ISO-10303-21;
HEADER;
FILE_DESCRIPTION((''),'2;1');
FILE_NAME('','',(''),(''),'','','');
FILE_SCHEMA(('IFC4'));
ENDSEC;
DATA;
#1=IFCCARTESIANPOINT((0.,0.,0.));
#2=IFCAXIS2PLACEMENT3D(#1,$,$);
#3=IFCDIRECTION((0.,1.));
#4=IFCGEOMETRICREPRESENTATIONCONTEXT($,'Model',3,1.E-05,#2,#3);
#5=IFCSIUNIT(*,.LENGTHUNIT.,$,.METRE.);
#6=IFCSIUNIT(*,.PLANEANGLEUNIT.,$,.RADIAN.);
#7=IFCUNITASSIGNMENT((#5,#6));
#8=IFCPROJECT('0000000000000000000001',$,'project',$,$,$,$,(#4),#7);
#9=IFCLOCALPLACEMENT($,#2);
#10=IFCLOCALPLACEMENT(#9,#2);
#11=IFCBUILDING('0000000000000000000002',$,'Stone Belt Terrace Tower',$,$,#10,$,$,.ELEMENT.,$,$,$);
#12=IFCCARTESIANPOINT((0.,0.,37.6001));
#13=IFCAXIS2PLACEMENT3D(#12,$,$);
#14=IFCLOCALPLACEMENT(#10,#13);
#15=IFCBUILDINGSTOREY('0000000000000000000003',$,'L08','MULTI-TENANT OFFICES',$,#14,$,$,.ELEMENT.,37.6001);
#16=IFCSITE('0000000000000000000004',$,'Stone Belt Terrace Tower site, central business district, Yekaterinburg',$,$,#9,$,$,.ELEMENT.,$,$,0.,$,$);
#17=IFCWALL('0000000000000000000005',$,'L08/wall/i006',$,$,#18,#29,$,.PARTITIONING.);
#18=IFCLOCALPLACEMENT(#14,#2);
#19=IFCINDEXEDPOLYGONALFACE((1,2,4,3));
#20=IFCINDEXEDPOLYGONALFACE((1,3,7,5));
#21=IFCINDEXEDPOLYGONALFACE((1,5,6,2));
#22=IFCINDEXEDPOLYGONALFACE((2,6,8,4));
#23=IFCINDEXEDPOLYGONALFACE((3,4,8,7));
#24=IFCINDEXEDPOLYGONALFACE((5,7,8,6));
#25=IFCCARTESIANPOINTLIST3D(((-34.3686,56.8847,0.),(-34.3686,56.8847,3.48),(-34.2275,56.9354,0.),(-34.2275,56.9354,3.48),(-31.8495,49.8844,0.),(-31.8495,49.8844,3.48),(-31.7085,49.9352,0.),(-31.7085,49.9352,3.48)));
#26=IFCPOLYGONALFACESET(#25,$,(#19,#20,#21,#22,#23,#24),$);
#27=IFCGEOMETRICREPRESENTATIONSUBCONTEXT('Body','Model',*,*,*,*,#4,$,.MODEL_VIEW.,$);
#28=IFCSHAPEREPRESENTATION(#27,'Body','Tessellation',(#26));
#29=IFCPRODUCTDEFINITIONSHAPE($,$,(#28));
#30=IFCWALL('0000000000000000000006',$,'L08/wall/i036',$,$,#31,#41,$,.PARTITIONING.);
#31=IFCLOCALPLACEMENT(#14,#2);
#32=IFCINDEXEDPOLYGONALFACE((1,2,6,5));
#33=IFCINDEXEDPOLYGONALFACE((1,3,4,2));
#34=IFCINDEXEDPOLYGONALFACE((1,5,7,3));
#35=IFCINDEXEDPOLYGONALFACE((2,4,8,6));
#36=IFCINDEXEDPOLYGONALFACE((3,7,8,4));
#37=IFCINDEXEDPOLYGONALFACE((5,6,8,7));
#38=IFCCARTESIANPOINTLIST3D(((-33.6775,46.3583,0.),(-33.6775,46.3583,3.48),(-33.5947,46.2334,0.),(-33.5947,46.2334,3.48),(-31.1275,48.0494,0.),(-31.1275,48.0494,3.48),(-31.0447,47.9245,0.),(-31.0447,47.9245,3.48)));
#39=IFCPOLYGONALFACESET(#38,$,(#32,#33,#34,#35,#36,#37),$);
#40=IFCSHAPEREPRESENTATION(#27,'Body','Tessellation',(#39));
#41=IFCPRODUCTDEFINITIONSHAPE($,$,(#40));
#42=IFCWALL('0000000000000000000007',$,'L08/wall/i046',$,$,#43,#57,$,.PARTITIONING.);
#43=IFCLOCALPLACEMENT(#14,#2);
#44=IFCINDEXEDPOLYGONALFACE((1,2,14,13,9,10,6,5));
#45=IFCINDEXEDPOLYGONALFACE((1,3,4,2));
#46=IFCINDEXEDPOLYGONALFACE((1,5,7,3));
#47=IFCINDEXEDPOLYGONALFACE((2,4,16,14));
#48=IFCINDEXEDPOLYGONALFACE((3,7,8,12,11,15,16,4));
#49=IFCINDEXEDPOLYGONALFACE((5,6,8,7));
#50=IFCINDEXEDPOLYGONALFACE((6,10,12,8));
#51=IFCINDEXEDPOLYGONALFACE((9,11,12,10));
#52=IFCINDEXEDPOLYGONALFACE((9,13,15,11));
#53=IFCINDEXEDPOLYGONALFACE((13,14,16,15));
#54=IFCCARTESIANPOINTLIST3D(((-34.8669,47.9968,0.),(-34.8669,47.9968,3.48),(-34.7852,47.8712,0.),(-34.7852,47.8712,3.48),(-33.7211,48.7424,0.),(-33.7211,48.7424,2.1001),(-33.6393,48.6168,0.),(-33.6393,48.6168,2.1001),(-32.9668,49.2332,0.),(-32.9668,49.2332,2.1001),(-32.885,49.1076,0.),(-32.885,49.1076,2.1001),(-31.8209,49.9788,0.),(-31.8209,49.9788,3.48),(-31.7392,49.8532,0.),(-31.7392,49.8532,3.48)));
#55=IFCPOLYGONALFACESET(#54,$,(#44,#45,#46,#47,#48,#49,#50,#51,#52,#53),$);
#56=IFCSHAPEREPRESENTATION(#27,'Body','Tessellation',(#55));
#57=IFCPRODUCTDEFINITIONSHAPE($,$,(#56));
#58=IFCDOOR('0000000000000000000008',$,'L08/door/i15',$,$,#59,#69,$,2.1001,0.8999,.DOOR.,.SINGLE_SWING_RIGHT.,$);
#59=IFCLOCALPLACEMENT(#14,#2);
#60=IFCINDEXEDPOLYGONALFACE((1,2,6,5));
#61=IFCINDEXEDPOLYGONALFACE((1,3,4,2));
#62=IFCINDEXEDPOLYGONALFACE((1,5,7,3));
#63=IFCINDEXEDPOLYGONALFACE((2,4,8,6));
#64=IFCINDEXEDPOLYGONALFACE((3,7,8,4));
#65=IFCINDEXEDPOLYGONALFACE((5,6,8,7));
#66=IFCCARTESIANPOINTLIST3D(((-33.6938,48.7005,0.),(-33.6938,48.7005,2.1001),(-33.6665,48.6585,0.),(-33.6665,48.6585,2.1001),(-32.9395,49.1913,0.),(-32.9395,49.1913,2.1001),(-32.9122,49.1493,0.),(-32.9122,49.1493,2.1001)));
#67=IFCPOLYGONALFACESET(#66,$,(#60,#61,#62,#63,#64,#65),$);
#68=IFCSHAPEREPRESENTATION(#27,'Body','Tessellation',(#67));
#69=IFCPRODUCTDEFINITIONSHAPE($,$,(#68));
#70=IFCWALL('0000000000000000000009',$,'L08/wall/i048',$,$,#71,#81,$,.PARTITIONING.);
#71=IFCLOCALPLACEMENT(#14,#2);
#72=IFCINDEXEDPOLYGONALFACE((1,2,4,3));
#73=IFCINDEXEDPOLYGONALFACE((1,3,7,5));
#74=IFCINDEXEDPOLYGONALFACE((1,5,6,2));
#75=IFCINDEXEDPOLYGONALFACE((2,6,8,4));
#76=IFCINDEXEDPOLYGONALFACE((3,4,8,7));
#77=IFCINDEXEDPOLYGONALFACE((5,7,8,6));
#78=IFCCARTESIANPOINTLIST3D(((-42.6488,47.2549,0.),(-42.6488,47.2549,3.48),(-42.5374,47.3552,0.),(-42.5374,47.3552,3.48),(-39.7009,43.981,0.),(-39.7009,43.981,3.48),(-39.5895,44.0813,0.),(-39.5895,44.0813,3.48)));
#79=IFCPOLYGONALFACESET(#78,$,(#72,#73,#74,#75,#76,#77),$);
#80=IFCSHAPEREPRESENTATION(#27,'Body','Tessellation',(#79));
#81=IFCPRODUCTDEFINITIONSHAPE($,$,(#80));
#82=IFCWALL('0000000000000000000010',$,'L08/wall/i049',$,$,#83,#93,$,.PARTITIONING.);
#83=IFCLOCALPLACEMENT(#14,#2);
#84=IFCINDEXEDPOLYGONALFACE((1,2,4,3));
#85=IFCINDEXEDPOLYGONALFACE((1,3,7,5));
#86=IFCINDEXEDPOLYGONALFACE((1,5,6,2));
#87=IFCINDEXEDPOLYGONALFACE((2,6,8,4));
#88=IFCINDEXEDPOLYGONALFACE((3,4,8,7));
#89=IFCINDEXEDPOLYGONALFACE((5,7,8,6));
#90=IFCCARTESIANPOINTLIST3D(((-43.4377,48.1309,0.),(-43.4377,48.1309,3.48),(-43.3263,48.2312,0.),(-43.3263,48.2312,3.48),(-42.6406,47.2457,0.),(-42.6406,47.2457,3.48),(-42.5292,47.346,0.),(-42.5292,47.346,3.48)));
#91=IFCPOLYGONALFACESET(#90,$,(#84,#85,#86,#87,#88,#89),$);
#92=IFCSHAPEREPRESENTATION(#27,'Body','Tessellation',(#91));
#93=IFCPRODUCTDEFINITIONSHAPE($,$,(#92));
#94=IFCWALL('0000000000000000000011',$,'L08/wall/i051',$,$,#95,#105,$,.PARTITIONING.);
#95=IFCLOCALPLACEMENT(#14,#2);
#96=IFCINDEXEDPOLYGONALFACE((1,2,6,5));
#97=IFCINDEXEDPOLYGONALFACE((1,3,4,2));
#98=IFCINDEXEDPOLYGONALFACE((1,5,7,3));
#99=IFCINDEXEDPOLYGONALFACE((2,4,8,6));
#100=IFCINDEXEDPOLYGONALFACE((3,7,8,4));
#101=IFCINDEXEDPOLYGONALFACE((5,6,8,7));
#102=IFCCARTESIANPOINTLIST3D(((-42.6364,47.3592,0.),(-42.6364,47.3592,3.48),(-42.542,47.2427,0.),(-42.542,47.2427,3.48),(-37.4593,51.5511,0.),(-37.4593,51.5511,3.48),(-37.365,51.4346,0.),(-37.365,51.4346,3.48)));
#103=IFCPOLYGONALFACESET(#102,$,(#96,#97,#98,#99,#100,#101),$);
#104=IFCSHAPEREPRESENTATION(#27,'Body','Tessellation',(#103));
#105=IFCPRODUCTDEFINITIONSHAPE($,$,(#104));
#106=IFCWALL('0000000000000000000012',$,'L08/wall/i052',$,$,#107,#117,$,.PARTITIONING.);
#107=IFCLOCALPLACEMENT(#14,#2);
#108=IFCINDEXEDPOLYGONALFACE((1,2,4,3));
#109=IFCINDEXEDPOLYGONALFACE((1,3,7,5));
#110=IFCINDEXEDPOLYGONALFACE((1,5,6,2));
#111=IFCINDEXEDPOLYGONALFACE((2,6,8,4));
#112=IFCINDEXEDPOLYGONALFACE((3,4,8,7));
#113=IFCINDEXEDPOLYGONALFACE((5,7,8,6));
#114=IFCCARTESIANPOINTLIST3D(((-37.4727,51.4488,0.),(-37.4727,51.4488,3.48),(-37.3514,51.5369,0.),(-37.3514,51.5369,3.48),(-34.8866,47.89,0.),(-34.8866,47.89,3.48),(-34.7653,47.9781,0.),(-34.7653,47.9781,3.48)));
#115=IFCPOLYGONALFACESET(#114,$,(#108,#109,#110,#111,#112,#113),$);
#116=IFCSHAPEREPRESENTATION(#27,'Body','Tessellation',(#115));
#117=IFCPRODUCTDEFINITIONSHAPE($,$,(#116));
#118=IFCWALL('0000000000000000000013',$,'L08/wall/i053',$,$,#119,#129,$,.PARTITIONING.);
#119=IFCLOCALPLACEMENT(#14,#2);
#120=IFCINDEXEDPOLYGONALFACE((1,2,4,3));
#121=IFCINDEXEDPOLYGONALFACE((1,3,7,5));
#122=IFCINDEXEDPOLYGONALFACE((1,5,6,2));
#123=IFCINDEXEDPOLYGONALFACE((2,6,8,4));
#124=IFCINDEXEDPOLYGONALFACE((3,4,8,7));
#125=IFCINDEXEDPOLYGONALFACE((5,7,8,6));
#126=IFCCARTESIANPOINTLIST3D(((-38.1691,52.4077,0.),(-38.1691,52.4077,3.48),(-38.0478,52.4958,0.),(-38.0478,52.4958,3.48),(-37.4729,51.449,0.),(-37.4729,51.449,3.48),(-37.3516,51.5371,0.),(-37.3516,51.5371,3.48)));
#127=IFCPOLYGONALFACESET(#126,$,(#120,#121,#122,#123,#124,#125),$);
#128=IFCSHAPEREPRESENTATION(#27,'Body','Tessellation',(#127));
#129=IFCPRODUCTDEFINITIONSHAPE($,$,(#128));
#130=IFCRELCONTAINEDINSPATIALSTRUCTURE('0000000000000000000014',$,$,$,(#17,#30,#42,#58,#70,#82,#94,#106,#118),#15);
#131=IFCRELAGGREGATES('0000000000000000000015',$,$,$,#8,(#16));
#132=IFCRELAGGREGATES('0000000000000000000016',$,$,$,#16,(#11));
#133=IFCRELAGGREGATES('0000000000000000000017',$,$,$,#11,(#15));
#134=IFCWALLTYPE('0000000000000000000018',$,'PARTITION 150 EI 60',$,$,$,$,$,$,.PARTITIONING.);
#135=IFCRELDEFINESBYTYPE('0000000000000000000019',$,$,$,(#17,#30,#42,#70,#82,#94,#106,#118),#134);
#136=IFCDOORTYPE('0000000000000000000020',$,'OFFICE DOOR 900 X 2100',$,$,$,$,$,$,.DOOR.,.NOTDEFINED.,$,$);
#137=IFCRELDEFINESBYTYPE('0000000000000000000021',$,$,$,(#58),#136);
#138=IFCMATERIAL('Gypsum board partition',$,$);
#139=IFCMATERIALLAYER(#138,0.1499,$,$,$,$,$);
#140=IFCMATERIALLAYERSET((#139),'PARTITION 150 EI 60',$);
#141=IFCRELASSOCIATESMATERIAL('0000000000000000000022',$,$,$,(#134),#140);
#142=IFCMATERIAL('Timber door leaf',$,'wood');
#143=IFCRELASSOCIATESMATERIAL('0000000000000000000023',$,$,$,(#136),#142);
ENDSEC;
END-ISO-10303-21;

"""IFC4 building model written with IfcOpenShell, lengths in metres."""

from ifc_helpers import new_model, si_unit, direction, frame, frame_2d, origin, place, context, subcontext, project, spatial, rectangle, extrude, material, layer, layer_set, type_object, element, fill, save


model = new_model("IFC4")

# Units and contexts
model_context = context("Model", 3, precision=1e-05, world=origin(), true_north=direction((0.0, 1.0)))
body_context = subcontext(model_context, "Body", "Model", "MODEL_VIEW")
ifc_project = project(units=[si_unit("LENGTHUNIT", "METRE"), si_unit("PLANEANGLEUNIT", "RADIAN")], contexts=[model_context])

# Site, building, storey
site_placement = place(None, origin())
site = spatial("IfcSite", under=ifc_project, at=site_placement, Name="Stone Belt Terrace Tower site, central business district, Yekaterinburg", CompositionType="ELEMENT", RefElevation=0.0)
building_placement = place(site_placement, origin())
building = spatial("IfcBuilding", under=site, at=building_placement, Name="Stone Belt Terrace Tower", CompositionType="ELEMENT")
storey_placement = place(building_placement, frame((0.0, 0.0, 37.6001)))
storey = spatial("IfcBuildingStorey", under=building, at=storey_placement, Name="L08", Description="MULTI-TENANT OFFICES", CompositionType="ELEMENT", Elevation=37.6001)

# Shared definitions
ifc_material_1 = material(Name="Gypsum board partition")
ifc_layer_1 = layer(ifc_material_1, 0.1499)
ifc_layer_set_1 = layer_set([ifc_layer_1], Name="PARTITION 150 EI 60")
wall_type_1 = type_object("IfcWallType", Name="PARTITION 150 EI 60", PredefinedType="PARTITIONING", material=ifc_layer_set_1)

# Shared definitions
ifc_material_2 = material(Name="Timber door leaf", Category="wood")
door_type = type_object("IfcDoorType", Name="OFFICE DOOR 900 X 2100", OperationType="NOTDEFINED", PredefinedType="DOOR", material=ifc_material_2)

# Walls
wall_1_placement = place(storey_placement, frame((-31.7791, 49.9099, 0.0), z_axis=(0.0, 0.0, 1.0), x_axis=(-0.338595, 0.940932, 0.0)))
element("IfcWall", 1, at=wall_1_placement, inside=storey, type_object=wall_type_1, Name="L08/wall/i006", PredefinedType="PARTITIONING", context=body_context, shape_type="SweptSolid", body=[
    extrude(rectangle(XDim=7.4397, YDim=0.1499, at=frame_2d((3.7197, 0.0))), origin(), (0.0, 0.0, 1.0), 3.48),
])
wall_2_placement = place(storey_placement, frame((-33.636, 46.2959, 0.0), z_axis=(0.0, 0.0, 1.0), x_axis=(0.833386, 0.552692, 0.0)))
element("IfcWall", 2, at=wall_2_placement, inside=storey, type_object=wall_type_1, Name="L08/wall/i036", PredefinedType="PARTITIONING", context=body_context, shape_type="SweptSolid", body=[
    extrude(rectangle(XDim=3.0598, YDim=0.1499, at=frame_2d((1.5298, 0.0))), origin(), (0.0, 0.0, 1.0), 3.48),
])

# Wall, opening, door
wall_3_placement = place(storey_placement, frame((-34.8259, 47.9341, 0.0), z_axis=(0.0, 0.0, 1.0), x_axis=(0.83818, 0.545394, 0.0)))
wall_3 = element("IfcWall", 3, at=wall_3_placement, inside=storey, type_object=wall_type_1, Name="L08/wall/i046", PredefinedType="PARTITIONING", context=body_context, shape_type="SweptSolid", body=[
    extrude(rectangle(XDim=3.634, YDim=0.1499, at=frame_2d((1.8169, 0.0))), origin(), (0.0, 0.0, 1.0), 3.48),
])
opening_1_placement = place(wall_3_placement, frame((1.3669, 0.0, 0.0)))
opening_1 = element("IfcOpeningElement", 4, at=opening_1_placement, cuts=wall_3, PredefinedType="OPENING", context=body_context, shape_type="SweptSolid", body=[
    extrude(rectangle(XDim=0.8999, YDim=2.1001, at=frame_2d((0.45, 1.05))), frame((0.0, 0.085, 0.0), z_axis=(0.0, -1.0, 0.0), x_axis=(1.0, 0.0, 0.0)), (0.0, 0.0, 1.0), 0.1699),
])
door_1_placement = place(opening_1_placement, origin())
door_1 = element("IfcDoor", 5, at=door_1_placement, inside=storey, type_object=door_type, Name="L08/door/i15", OperationType="SINGLE_SWING_RIGHT", OverallHeight=2.1001, OverallWidth=0.8999, PredefinedType="DOOR", context=body_context, shape_type="SweptSolid", body=[
    extrude(rectangle(XDim=0.8999, YDim=2.1001, at=frame_2d((0.45, 1.05))), frame((0.0, 0.0249, 0.0), z_axis=(0.0, -1.0, 0.0), x_axis=(1.0, 0.0, 0.0)), (0.0, 0.0, 1.0), 0.05),
])
fill(opening_1, door_1)

# Walls
wall_4_placement = place(storey_placement, frame((-42.593, 47.3049, 0.0), z_axis=(0.0, 0.0, 1.0), x_axis=(0.669148, -0.743129, 0.0)))
element("IfcWall", 6, at=wall_4_placement, inside=storey, type_object=wall_type_1, Name="L08/wall/i048", PredefinedType="PARTITIONING", context=body_context, shape_type="SweptSolid", body=[
    extrude(rectangle(XDim=4.4055, YDim=0.1499, at=frame_2d((2.2026, 0.0))), origin(), (0.0, 0.0, 1.0), 3.48),
])
wall_5_placement = place(storey_placement, frame((-43.3821, 48.1812, 0.0), z_axis=(0.0, 0.0, 1.0), x_axis=(0.669146, -0.743131, 0.0)))
element("IfcWall", 7, at=wall_5_placement, inside=storey, type_object=wall_type_1, Name="L08/wall/i049", PredefinedType="PARTITIONING", context=body_context, shape_type="SweptSolid", body=[
    extrude(rectangle(XDim=1.1912, YDim=0.1499, at=frame_2d((0.5957, 0.0))), origin(), (0.0, 0.0, 1.0), 3.48),
])
wall_6_placement = place(storey_placement, frame((-42.5891, 47.301, 0.0), z_axis=(0.0, 0.0, 1.0), x_axis=(0.777172, 0.629288, 0.0)))
element("IfcWall", 8, at=wall_6_placement, inside=storey, type_object=wall_type_1, Name="L08/wall/i051", PredefinedType="PARTITIONING", context=body_context, shape_type="SweptSolid", body=[
    extrude(rectangle(XDim=6.6614, YDim=0.1499, at=frame_2d((3.3306, 0.0))), origin(), (0.0, 0.0, 1.0), 3.48),
])
wall_7_placement = place(storey_placement, frame((-37.4121, 51.4929, 0.0), z_axis=(0.0, 0.0, 1.0), x_axis=(0.587865, -0.808959, 0.0)))
element("IfcWall", 9, at=wall_7_placement, inside=storey, type_object=wall_type_1, Name="L08/wall/i052", PredefinedType="PARTITIONING", context=body_context, shape_type="SweptSolid", body=[
    extrude(rectangle(XDim=4.3992, YDim=0.1499, at=frame_2d((2.1997, 0.0))), origin(), (0.0, 0.0, 1.0), 3.48),
])
wall_8_placement = place(storey_placement, frame((-38.1084, 52.4517, 0.0), z_axis=(0.0, 0.0, 1.0), x_axis=(0.587633, -0.809128, 0.0)))
element("IfcWall", 10, at=wall_8_placement, inside=storey, type_object=wall_type_1, Name="L08/wall/i053", PredefinedType="PARTITIONING", context=body_context, shape_type="SweptSolid", body=[
    extrude(rectangle(XDim=1.1848, YDim=0.1499, at=frame_2d((0.5923, 0.0))), origin(), (0.0, 0.0, 1.0), 3.48),
])

save(model, "model.ifc")
